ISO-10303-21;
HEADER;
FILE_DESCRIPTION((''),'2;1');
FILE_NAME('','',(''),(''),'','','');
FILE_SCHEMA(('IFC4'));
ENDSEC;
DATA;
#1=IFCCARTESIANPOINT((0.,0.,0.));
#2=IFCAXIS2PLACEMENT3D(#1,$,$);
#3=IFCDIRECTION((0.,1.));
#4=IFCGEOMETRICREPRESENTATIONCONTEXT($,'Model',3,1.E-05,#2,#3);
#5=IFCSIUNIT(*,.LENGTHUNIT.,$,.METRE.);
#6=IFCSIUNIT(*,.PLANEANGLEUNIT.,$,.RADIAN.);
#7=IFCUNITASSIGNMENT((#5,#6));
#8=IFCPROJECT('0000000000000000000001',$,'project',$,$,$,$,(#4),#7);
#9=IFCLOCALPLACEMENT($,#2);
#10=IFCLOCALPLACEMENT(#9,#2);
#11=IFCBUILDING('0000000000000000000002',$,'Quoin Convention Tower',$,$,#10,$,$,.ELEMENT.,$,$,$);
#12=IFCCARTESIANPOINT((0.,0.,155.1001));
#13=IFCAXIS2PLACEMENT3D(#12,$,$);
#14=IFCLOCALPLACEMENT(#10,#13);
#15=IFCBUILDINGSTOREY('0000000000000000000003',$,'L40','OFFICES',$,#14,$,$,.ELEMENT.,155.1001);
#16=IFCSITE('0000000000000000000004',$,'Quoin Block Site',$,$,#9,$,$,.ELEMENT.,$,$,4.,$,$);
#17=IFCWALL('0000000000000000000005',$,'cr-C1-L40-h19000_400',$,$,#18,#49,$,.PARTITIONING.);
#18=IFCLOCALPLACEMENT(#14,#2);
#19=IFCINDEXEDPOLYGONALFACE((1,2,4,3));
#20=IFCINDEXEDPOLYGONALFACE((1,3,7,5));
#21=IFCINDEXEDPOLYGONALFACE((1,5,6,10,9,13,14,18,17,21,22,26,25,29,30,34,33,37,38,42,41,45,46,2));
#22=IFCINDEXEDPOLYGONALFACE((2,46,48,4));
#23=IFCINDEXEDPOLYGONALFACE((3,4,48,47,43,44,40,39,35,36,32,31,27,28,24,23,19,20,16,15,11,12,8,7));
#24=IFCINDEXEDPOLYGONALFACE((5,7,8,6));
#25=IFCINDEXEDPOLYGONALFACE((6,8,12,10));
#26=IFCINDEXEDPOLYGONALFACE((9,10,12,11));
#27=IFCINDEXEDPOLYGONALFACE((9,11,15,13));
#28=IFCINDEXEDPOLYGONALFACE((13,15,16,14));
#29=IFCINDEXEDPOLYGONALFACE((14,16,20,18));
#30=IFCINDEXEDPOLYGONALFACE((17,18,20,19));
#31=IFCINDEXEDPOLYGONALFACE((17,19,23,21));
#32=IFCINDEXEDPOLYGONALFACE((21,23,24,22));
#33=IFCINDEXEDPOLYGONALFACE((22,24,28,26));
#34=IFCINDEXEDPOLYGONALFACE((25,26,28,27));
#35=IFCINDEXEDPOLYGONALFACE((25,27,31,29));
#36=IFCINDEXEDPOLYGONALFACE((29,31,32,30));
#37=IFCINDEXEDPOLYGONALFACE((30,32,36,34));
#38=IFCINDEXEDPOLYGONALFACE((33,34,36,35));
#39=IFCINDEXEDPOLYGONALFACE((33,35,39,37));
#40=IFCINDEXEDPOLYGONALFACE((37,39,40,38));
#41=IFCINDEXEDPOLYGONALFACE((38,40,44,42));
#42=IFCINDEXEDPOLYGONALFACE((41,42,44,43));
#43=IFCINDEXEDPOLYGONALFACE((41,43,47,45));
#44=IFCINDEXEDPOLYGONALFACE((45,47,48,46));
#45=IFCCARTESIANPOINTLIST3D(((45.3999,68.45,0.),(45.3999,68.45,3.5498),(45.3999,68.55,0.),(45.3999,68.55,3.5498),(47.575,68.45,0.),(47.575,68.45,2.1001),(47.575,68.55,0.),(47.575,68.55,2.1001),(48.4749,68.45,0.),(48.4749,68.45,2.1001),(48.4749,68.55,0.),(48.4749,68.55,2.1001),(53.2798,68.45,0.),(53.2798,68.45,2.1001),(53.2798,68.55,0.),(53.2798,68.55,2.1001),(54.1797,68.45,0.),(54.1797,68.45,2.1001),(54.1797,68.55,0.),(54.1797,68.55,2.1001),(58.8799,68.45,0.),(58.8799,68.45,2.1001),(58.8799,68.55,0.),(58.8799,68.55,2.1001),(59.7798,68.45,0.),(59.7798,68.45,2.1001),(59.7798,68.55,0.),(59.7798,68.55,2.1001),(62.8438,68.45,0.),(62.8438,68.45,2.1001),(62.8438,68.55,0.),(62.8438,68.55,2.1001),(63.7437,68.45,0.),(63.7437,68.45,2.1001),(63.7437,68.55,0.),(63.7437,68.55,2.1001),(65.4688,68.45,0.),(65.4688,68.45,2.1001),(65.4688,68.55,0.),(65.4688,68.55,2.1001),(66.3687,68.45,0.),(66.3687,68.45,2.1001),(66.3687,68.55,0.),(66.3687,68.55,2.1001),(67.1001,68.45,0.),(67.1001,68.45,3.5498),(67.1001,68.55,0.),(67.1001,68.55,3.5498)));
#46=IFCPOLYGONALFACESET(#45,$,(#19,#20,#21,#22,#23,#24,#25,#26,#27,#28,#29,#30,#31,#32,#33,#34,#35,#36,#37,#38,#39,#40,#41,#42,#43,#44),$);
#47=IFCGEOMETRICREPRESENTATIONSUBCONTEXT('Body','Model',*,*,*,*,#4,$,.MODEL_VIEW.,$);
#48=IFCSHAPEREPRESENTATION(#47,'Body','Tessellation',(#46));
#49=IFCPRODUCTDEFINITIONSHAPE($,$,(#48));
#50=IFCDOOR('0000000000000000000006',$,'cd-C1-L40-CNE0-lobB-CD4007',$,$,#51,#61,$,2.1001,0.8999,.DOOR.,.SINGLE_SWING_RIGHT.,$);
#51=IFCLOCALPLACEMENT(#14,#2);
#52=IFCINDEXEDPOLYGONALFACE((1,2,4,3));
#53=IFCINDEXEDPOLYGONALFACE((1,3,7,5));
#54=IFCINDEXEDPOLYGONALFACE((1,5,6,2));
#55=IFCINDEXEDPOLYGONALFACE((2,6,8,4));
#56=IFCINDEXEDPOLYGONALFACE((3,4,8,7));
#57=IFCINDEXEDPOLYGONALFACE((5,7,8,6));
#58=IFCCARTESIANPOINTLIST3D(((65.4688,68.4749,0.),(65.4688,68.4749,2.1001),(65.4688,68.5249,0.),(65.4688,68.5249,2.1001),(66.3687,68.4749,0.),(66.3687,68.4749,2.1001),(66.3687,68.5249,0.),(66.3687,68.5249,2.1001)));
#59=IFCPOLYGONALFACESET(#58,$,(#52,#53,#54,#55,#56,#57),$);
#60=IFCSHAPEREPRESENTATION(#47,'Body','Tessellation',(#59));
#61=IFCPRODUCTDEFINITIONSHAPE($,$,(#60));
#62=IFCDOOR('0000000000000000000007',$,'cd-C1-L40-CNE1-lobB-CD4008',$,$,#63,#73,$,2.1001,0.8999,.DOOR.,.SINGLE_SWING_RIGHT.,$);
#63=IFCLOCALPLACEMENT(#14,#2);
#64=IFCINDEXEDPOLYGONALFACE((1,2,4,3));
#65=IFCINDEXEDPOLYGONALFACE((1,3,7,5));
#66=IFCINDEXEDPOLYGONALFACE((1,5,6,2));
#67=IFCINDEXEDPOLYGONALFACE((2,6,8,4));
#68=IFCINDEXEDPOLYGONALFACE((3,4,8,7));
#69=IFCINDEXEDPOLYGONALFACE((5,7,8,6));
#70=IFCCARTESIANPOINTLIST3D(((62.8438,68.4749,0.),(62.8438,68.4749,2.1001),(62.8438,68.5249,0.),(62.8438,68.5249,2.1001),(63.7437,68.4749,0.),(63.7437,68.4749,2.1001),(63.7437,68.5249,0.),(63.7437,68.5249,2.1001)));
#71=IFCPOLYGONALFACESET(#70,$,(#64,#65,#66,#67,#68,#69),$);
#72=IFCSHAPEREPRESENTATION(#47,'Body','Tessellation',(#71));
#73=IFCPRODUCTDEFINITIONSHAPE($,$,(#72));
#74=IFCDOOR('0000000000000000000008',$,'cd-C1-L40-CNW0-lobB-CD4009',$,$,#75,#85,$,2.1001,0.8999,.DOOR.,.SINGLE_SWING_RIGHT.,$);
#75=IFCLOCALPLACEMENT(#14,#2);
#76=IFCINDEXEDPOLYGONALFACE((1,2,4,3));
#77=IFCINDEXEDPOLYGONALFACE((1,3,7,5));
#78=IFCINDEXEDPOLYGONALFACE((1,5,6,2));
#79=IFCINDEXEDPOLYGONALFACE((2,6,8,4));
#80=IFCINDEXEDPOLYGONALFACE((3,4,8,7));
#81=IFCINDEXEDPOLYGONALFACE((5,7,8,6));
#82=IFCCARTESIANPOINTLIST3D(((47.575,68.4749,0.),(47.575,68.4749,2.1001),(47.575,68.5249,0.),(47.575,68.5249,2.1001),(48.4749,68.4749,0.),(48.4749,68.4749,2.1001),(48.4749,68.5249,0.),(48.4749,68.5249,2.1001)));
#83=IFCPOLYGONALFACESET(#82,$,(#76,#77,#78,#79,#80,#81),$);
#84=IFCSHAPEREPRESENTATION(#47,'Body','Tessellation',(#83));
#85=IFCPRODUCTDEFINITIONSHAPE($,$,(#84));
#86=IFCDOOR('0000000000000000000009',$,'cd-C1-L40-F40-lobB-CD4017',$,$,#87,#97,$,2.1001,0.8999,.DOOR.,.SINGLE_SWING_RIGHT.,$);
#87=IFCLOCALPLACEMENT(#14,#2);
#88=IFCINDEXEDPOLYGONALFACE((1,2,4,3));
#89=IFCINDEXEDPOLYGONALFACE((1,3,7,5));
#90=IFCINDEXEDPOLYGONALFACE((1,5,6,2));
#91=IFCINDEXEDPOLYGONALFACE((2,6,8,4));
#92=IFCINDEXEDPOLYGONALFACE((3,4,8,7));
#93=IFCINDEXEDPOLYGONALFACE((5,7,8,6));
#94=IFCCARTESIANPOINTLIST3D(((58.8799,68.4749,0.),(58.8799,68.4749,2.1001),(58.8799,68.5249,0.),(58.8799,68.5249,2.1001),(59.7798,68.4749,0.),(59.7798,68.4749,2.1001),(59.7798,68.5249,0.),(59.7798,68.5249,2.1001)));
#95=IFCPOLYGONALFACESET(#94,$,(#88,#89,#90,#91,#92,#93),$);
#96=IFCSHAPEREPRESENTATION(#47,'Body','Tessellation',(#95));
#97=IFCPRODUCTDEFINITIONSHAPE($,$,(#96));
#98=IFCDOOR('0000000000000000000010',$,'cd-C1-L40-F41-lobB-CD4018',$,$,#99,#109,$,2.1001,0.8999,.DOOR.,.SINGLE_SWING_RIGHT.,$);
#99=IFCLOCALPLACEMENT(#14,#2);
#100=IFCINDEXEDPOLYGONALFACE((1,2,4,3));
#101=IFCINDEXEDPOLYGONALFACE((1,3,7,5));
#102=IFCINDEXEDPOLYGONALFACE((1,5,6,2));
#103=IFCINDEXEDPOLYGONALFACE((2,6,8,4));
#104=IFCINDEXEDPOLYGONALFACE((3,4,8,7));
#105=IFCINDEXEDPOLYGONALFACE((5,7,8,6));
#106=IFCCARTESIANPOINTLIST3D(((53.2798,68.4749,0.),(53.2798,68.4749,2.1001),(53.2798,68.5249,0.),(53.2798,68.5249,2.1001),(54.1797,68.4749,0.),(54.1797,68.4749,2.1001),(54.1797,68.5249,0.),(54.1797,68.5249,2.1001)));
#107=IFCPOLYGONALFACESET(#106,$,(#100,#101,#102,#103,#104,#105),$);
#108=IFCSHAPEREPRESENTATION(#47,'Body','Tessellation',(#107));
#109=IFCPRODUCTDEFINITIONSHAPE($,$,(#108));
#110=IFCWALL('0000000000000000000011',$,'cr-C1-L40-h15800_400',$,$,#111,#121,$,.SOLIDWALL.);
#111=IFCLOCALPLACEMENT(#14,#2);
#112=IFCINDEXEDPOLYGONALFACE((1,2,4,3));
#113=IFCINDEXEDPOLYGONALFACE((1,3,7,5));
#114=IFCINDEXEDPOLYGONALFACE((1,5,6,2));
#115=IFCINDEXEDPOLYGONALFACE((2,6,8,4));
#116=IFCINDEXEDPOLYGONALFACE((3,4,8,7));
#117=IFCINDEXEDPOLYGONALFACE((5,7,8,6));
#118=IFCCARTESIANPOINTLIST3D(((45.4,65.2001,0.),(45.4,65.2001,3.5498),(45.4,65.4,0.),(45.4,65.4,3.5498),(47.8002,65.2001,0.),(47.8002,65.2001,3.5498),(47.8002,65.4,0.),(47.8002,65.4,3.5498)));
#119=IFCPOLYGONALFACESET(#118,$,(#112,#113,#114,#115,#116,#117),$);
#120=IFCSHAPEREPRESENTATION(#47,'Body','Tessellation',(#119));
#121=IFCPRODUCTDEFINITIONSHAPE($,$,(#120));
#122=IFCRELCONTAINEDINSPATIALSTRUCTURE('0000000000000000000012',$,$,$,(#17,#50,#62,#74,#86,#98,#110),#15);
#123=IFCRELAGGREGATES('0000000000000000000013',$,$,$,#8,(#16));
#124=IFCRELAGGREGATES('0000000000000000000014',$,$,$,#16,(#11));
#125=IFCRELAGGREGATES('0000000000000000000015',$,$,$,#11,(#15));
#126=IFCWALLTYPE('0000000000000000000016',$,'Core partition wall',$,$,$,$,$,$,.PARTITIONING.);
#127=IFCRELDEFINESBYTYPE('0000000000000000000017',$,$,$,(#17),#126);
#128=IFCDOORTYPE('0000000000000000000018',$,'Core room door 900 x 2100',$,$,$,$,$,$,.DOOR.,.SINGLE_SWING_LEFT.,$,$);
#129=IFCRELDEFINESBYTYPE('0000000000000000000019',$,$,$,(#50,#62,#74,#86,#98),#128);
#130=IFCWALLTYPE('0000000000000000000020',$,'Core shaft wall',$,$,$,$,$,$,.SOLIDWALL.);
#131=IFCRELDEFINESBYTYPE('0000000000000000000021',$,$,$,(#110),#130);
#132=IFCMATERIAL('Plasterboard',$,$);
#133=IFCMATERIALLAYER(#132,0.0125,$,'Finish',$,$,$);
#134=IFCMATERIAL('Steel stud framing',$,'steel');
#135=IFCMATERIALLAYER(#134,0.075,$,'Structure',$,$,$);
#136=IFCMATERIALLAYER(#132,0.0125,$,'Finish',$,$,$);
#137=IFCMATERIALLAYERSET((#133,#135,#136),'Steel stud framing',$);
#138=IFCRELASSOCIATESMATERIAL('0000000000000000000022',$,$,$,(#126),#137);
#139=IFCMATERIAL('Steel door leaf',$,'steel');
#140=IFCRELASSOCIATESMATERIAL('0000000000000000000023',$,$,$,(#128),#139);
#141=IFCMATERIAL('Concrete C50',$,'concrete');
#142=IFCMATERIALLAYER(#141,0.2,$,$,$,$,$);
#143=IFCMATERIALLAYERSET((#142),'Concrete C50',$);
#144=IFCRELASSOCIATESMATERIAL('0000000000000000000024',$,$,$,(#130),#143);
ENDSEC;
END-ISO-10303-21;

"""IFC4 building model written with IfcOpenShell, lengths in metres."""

from ifc_helpers import new_model, si_unit, direction, frame, frame_2d, origin, place, context, subcontext, project, spatial, rectangle, extrude, material, layer, layer_set, type_object, element, fill, save


model = new_model("IFC4")

# Units and contexts
model_context = context("Model", 3, precision=1e-05, world=origin(), true_north=direction((0.0, 1.0)))
body_context = subcontext(model_context, "Body", "Model", "MODEL_VIEW")
ifc_project = project(units=[si_unit("LENGTHUNIT", "METRE"), si_unit("PLANEANGLEUNIT", "RADIAN")], contexts=[model_context])

# Site, building, storey
site_placement = place(None, origin())
site = spatial("IfcSite", under=ifc_project, at=site_placement, Name="Quoin Block Site", CompositionType="ELEMENT", RefElevation=4.0)
building_placement = place(site_placement, origin())
building = spatial("IfcBuilding", under=site, at=building_placement, Name="Quoin Convention Tower", CompositionType="ELEMENT")
storey_placement = place(building_placement, frame((0.0, 0.0, 155.1001)))
storey = spatial("IfcBuildingStorey", under=building, at=storey_placement, Name="L40", Description="OFFICES", CompositionType="ELEMENT", Elevation=155.1001)

# Wall, openings, doors
ifc_material_1 = material(Name="Plasterboard")
ifc_layer_1 = layer(ifc_material_1, 0.0125, Name="Finish")
ifc_material_2 = material(Name="Steel stud framing", Category="steel")
ifc_layer_2 = layer(ifc_material_2, 0.075, Name="Structure")
ifc_layer_3 = layer(ifc_material_1, 0.0125, Name="Finish")
ifc_layer_set_1 = layer_set([ifc_layer_1, ifc_layer_2, ifc_layer_3], Name="Steel stud framing")
wall_type_1 = type_object("IfcWallType", Name="Core partition wall", PredefinedType="PARTITIONING", material=ifc_layer_set_1)
wall_1_placement = place(storey_placement, frame((45.3999, 68.5, 0.0), z_axis=(0.0, 0.0, 1.0), x_axis=(1.0, 0.0, 0.0)))
wall_1 = element("IfcWall", 1, at=wall_1_placement, inside=storey, type_object=wall_type_1, Name="cr-C1-L40-h19000_400", PredefinedType="PARTITIONING", context=body_context, shape_type="SweptSolid", body=[
    extrude(rectangle(XDim=21.7002, YDim=0.1001, at=frame_2d((10.8501, 0.0))), origin(), (0.0, 0.0, 1.0), 3.5498),
])
opening_1_placement = place(wall_1_placement, frame((20.0688, 0.0, 0.0)))
opening_1 = element("IfcOpeningElement", 2, at=opening_1_placement, cuts=wall_1, PredefinedType="OPENING", context=body_context, shape_type="SweptSolid", body=[
    extrude(rectangle(XDim=0.8999, YDim=2.1001, at=frame_2d((0.45, 1.05))), frame((0.0, 0.0601, 0.0), z_axis=(0.0, -1.0, 0.0), x_axis=(1.0, 0.0, 0.0)), (0.0, 0.0, 1.0), 0.1201),
])
opening_2_placement = place(wall_1_placement, frame((17.4438, 0.0, 0.0)))
opening_2 = element("IfcOpeningElement", 3, at=opening_2_placement, cuts=wall_1, PredefinedType="OPENING", context=body_context, shape_type="SweptSolid", body=[
    extrude(rectangle(XDim=0.8999, YDim=2.1001, at=frame_2d((0.45, 1.05))), frame((0.0, 0.0601, 0.0), z_axis=(0.0, -1.0, 0.0), x_axis=(1.0, 0.0, 0.0)), (0.0, 0.0, 1.0), 0.1201),
])
opening_3_placement = place(wall_1_placement, frame((2.175, 0.0, 0.0)))
opening_3 = element("IfcOpeningElement", 4, at=opening_3_placement, cuts=wall_1, PredefinedType="OPENING", context=body_context, shape_type="SweptSolid", body=[
    extrude(rectangle(XDim=0.8999, YDim=2.1001, at=frame_2d((0.45, 1.05))), frame((0.0, 0.0601, 0.0), z_axis=(0.0, -1.0, 0.0), x_axis=(1.0, 0.0, 0.0)), (0.0, 0.0, 1.0), 0.1201),
])
opening_4_placement = place(wall_1_placement, frame((13.48, 0.0, 0.0)))
opening_4 = element("IfcOpeningElement", 5, at=opening_4_placement, cuts=wall_1, PredefinedType="OPENING", context=body_context, shape_type="SweptSolid", body=[
    extrude(rectangle(XDim=0.8999, YDim=2.1001, at=frame_2d((0.45, 1.05))), frame((0.0, 0.0601, 0.0), z_axis=(0.0, -1.0, 0.0), x_axis=(1.0, 0.0, 0.0)), (0.0, 0.0, 1.0), 0.1201),
])
opening_5_placement = place(wall_1_placement, frame((7.8799, 0.0, 0.0)))
opening_5 = element("IfcOpeningElement", 6, at=opening_5_placement, cuts=wall_1, PredefinedType="OPENING", context=body_context, shape_type="SweptSolid", body=[
    extrude(rectangle(XDim=0.8999, YDim=2.1001, at=frame_2d((0.45, 1.05))), frame((0.0, 0.0601, 0.0), z_axis=(0.0, -1.0, 0.0), x_axis=(1.0, 0.0, 0.0)), (0.0, 0.0, 1.0), 0.1201),
])
ifc_material_3 = material(Name="Steel door leaf", Category="steel")
door_type_1 = type_object("IfcDoorType", Name="Core room door 900 x 2100", OperationType="SINGLE_SWING_LEFT", PredefinedType="DOOR", material=ifc_material_3)
door_1_placement = place(opening_1_placement, origin())
door_1 = element("IfcDoor", 7, at=door_1_placement, inside=storey, type_object=door_type_1, Name="cd-C1-L40-CNE0-lobB-CD4007", OperationType="SINGLE_SWING_RIGHT", OverallHeight=2.1001, OverallWidth=0.8999, PredefinedType="DOOR", context=body_context, shape_type="SweptSolid", body=[
    extrude(rectangle(XDim=0.8999, YDim=2.1001, at=frame_2d((0.45, 1.05))), frame((0.0, 0.0249, 0.0), z_axis=(0.0, -1.0, 0.0), x_axis=(1.0, 0.0, 0.0)), (0.0, 0.0, 1.0), 0.05),
])
fill(opening_1, door_1)
door_2_placement = place(opening_2_placement, origin())
door_2 = element("IfcDoor", 8, at=door_2_placement, inside=storey, type_object=door_type_1, Name="cd-C1-L40-CNE1-lobB-CD4008", OperationType="SINGLE_SWING_RIGHT", OverallHeight=2.1001, OverallWidth=0.8999, PredefinedType="DOOR", context=body_context, shape_type="SweptSolid", body=[
    extrude(rectangle(XDim=0.8999, YDim=2.1001, at=frame_2d((0.45, 1.05))), frame((0.0, 0.0249, 0.0), z_axis=(0.0, -1.0, 0.0), x_axis=(1.0, 0.0, 0.0)), (0.0, 0.0, 1.0), 0.05),
])
fill(opening_2, door_2)
door_3_placement = place(opening_3_placement, origin())
door_3 = element("IfcDoor", 9, at=door_3_placement, inside=storey, type_object=door_type_1, Name="cd-C1-L40-CNW0-lobB-CD4009", OperationType="SINGLE_SWING_RIGHT", OverallHeight=2.1001, OverallWidth=0.8999, PredefinedType="DOOR", context=body_context, shape_type="SweptSolid", body=[
    extrude(rectangle(XDim=0.8999, YDim=2.1001, at=frame_2d((0.45, 1.05))), frame((0.0, 0.0249, 0.0), z_axis=(0.0, -1.0, 0.0), x_axis=(1.0, 0.0, 0.0)), (0.0, 0.0, 1.0), 0.05),
])
fill(opening_3, door_3)
door_4_placement = place(opening_4_placement, origin())
door_4 = element("IfcDoor", 10, at=door_4_placement, inside=storey, type_object=door_type_1, Name="cd-C1-L40-F40-lobB-CD4017", OperationType="SINGLE_SWING_RIGHT", OverallHeight=2.1001, OverallWidth=0.8999, PredefinedType="DOOR", context=body_context, shape_type="SweptSolid", body=[
    extrude(rectangle(XDim=0.8999, YDim=2.1001, at=frame_2d((0.45, 1.05))), frame((0.0, 0.0249, 0.0), z_axis=(0.0, -1.0, 0.0), x_axis=(1.0, 0.0, 0.0)), (0.0, 0.0, 1.0), 0.05),
])
fill(opening_4, door_4)
door_5_placement = place(opening_5_placement, origin())
door_5 = element("IfcDoor", 11, at=door_5_placement, inside=storey, type_object=door_type_1, Name="cd-C1-L40-F41-lobB-CD4018", OperationType="SINGLE_SWING_RIGHT", OverallHeight=2.1001, OverallWidth=0.8999, PredefinedType="DOOR", context=body_context, shape_type="SweptSolid", body=[
    extrude(rectangle(XDim=0.8999, YDim=2.1001, at=frame_2d((0.45, 1.05))), frame((0.0, 0.0249, 0.0), z_axis=(0.0, -1.0, 0.0), x_axis=(1.0, 0.0, 0.0)), (0.0, 0.0, 1.0), 0.05),
])
fill(opening_5, door_5)

# Wall
ifc_material_4 = material(Name="Concrete C50", Category="concrete")
ifc_layer_4 = layer(ifc_material_4, 0.2)
ifc_layer_set_2 = layer_set([ifc_layer_4], Name="Concrete C50")
wall_type_2 = type_object("IfcWallType", Name="Core shaft wall", PredefinedType="SOLIDWALL", material=ifc_layer_set_2)
wall_2_placement = place(storey_placement, frame((45.3999, 65.3, 0.0), z_axis=(0.0, 0.0, 1.0), x_axis=(1.0, 0.0, 0.0)))
element("IfcWall", 12, at=wall_2_placement, inside=storey, type_object=wall_type_2, Name="cr-C1-L40-h15800_400", PredefinedType="SOLIDWALL", context=body_context, shape_type="SweptSolid", body=[
    extrude(rectangle(XDim=2.4001, YDim=0.2, at=frame_2d((1.2002, 0.0))), origin(), (0.0, 0.0, 1.0), 3.5498),
])

save(model, "model.ifc")
